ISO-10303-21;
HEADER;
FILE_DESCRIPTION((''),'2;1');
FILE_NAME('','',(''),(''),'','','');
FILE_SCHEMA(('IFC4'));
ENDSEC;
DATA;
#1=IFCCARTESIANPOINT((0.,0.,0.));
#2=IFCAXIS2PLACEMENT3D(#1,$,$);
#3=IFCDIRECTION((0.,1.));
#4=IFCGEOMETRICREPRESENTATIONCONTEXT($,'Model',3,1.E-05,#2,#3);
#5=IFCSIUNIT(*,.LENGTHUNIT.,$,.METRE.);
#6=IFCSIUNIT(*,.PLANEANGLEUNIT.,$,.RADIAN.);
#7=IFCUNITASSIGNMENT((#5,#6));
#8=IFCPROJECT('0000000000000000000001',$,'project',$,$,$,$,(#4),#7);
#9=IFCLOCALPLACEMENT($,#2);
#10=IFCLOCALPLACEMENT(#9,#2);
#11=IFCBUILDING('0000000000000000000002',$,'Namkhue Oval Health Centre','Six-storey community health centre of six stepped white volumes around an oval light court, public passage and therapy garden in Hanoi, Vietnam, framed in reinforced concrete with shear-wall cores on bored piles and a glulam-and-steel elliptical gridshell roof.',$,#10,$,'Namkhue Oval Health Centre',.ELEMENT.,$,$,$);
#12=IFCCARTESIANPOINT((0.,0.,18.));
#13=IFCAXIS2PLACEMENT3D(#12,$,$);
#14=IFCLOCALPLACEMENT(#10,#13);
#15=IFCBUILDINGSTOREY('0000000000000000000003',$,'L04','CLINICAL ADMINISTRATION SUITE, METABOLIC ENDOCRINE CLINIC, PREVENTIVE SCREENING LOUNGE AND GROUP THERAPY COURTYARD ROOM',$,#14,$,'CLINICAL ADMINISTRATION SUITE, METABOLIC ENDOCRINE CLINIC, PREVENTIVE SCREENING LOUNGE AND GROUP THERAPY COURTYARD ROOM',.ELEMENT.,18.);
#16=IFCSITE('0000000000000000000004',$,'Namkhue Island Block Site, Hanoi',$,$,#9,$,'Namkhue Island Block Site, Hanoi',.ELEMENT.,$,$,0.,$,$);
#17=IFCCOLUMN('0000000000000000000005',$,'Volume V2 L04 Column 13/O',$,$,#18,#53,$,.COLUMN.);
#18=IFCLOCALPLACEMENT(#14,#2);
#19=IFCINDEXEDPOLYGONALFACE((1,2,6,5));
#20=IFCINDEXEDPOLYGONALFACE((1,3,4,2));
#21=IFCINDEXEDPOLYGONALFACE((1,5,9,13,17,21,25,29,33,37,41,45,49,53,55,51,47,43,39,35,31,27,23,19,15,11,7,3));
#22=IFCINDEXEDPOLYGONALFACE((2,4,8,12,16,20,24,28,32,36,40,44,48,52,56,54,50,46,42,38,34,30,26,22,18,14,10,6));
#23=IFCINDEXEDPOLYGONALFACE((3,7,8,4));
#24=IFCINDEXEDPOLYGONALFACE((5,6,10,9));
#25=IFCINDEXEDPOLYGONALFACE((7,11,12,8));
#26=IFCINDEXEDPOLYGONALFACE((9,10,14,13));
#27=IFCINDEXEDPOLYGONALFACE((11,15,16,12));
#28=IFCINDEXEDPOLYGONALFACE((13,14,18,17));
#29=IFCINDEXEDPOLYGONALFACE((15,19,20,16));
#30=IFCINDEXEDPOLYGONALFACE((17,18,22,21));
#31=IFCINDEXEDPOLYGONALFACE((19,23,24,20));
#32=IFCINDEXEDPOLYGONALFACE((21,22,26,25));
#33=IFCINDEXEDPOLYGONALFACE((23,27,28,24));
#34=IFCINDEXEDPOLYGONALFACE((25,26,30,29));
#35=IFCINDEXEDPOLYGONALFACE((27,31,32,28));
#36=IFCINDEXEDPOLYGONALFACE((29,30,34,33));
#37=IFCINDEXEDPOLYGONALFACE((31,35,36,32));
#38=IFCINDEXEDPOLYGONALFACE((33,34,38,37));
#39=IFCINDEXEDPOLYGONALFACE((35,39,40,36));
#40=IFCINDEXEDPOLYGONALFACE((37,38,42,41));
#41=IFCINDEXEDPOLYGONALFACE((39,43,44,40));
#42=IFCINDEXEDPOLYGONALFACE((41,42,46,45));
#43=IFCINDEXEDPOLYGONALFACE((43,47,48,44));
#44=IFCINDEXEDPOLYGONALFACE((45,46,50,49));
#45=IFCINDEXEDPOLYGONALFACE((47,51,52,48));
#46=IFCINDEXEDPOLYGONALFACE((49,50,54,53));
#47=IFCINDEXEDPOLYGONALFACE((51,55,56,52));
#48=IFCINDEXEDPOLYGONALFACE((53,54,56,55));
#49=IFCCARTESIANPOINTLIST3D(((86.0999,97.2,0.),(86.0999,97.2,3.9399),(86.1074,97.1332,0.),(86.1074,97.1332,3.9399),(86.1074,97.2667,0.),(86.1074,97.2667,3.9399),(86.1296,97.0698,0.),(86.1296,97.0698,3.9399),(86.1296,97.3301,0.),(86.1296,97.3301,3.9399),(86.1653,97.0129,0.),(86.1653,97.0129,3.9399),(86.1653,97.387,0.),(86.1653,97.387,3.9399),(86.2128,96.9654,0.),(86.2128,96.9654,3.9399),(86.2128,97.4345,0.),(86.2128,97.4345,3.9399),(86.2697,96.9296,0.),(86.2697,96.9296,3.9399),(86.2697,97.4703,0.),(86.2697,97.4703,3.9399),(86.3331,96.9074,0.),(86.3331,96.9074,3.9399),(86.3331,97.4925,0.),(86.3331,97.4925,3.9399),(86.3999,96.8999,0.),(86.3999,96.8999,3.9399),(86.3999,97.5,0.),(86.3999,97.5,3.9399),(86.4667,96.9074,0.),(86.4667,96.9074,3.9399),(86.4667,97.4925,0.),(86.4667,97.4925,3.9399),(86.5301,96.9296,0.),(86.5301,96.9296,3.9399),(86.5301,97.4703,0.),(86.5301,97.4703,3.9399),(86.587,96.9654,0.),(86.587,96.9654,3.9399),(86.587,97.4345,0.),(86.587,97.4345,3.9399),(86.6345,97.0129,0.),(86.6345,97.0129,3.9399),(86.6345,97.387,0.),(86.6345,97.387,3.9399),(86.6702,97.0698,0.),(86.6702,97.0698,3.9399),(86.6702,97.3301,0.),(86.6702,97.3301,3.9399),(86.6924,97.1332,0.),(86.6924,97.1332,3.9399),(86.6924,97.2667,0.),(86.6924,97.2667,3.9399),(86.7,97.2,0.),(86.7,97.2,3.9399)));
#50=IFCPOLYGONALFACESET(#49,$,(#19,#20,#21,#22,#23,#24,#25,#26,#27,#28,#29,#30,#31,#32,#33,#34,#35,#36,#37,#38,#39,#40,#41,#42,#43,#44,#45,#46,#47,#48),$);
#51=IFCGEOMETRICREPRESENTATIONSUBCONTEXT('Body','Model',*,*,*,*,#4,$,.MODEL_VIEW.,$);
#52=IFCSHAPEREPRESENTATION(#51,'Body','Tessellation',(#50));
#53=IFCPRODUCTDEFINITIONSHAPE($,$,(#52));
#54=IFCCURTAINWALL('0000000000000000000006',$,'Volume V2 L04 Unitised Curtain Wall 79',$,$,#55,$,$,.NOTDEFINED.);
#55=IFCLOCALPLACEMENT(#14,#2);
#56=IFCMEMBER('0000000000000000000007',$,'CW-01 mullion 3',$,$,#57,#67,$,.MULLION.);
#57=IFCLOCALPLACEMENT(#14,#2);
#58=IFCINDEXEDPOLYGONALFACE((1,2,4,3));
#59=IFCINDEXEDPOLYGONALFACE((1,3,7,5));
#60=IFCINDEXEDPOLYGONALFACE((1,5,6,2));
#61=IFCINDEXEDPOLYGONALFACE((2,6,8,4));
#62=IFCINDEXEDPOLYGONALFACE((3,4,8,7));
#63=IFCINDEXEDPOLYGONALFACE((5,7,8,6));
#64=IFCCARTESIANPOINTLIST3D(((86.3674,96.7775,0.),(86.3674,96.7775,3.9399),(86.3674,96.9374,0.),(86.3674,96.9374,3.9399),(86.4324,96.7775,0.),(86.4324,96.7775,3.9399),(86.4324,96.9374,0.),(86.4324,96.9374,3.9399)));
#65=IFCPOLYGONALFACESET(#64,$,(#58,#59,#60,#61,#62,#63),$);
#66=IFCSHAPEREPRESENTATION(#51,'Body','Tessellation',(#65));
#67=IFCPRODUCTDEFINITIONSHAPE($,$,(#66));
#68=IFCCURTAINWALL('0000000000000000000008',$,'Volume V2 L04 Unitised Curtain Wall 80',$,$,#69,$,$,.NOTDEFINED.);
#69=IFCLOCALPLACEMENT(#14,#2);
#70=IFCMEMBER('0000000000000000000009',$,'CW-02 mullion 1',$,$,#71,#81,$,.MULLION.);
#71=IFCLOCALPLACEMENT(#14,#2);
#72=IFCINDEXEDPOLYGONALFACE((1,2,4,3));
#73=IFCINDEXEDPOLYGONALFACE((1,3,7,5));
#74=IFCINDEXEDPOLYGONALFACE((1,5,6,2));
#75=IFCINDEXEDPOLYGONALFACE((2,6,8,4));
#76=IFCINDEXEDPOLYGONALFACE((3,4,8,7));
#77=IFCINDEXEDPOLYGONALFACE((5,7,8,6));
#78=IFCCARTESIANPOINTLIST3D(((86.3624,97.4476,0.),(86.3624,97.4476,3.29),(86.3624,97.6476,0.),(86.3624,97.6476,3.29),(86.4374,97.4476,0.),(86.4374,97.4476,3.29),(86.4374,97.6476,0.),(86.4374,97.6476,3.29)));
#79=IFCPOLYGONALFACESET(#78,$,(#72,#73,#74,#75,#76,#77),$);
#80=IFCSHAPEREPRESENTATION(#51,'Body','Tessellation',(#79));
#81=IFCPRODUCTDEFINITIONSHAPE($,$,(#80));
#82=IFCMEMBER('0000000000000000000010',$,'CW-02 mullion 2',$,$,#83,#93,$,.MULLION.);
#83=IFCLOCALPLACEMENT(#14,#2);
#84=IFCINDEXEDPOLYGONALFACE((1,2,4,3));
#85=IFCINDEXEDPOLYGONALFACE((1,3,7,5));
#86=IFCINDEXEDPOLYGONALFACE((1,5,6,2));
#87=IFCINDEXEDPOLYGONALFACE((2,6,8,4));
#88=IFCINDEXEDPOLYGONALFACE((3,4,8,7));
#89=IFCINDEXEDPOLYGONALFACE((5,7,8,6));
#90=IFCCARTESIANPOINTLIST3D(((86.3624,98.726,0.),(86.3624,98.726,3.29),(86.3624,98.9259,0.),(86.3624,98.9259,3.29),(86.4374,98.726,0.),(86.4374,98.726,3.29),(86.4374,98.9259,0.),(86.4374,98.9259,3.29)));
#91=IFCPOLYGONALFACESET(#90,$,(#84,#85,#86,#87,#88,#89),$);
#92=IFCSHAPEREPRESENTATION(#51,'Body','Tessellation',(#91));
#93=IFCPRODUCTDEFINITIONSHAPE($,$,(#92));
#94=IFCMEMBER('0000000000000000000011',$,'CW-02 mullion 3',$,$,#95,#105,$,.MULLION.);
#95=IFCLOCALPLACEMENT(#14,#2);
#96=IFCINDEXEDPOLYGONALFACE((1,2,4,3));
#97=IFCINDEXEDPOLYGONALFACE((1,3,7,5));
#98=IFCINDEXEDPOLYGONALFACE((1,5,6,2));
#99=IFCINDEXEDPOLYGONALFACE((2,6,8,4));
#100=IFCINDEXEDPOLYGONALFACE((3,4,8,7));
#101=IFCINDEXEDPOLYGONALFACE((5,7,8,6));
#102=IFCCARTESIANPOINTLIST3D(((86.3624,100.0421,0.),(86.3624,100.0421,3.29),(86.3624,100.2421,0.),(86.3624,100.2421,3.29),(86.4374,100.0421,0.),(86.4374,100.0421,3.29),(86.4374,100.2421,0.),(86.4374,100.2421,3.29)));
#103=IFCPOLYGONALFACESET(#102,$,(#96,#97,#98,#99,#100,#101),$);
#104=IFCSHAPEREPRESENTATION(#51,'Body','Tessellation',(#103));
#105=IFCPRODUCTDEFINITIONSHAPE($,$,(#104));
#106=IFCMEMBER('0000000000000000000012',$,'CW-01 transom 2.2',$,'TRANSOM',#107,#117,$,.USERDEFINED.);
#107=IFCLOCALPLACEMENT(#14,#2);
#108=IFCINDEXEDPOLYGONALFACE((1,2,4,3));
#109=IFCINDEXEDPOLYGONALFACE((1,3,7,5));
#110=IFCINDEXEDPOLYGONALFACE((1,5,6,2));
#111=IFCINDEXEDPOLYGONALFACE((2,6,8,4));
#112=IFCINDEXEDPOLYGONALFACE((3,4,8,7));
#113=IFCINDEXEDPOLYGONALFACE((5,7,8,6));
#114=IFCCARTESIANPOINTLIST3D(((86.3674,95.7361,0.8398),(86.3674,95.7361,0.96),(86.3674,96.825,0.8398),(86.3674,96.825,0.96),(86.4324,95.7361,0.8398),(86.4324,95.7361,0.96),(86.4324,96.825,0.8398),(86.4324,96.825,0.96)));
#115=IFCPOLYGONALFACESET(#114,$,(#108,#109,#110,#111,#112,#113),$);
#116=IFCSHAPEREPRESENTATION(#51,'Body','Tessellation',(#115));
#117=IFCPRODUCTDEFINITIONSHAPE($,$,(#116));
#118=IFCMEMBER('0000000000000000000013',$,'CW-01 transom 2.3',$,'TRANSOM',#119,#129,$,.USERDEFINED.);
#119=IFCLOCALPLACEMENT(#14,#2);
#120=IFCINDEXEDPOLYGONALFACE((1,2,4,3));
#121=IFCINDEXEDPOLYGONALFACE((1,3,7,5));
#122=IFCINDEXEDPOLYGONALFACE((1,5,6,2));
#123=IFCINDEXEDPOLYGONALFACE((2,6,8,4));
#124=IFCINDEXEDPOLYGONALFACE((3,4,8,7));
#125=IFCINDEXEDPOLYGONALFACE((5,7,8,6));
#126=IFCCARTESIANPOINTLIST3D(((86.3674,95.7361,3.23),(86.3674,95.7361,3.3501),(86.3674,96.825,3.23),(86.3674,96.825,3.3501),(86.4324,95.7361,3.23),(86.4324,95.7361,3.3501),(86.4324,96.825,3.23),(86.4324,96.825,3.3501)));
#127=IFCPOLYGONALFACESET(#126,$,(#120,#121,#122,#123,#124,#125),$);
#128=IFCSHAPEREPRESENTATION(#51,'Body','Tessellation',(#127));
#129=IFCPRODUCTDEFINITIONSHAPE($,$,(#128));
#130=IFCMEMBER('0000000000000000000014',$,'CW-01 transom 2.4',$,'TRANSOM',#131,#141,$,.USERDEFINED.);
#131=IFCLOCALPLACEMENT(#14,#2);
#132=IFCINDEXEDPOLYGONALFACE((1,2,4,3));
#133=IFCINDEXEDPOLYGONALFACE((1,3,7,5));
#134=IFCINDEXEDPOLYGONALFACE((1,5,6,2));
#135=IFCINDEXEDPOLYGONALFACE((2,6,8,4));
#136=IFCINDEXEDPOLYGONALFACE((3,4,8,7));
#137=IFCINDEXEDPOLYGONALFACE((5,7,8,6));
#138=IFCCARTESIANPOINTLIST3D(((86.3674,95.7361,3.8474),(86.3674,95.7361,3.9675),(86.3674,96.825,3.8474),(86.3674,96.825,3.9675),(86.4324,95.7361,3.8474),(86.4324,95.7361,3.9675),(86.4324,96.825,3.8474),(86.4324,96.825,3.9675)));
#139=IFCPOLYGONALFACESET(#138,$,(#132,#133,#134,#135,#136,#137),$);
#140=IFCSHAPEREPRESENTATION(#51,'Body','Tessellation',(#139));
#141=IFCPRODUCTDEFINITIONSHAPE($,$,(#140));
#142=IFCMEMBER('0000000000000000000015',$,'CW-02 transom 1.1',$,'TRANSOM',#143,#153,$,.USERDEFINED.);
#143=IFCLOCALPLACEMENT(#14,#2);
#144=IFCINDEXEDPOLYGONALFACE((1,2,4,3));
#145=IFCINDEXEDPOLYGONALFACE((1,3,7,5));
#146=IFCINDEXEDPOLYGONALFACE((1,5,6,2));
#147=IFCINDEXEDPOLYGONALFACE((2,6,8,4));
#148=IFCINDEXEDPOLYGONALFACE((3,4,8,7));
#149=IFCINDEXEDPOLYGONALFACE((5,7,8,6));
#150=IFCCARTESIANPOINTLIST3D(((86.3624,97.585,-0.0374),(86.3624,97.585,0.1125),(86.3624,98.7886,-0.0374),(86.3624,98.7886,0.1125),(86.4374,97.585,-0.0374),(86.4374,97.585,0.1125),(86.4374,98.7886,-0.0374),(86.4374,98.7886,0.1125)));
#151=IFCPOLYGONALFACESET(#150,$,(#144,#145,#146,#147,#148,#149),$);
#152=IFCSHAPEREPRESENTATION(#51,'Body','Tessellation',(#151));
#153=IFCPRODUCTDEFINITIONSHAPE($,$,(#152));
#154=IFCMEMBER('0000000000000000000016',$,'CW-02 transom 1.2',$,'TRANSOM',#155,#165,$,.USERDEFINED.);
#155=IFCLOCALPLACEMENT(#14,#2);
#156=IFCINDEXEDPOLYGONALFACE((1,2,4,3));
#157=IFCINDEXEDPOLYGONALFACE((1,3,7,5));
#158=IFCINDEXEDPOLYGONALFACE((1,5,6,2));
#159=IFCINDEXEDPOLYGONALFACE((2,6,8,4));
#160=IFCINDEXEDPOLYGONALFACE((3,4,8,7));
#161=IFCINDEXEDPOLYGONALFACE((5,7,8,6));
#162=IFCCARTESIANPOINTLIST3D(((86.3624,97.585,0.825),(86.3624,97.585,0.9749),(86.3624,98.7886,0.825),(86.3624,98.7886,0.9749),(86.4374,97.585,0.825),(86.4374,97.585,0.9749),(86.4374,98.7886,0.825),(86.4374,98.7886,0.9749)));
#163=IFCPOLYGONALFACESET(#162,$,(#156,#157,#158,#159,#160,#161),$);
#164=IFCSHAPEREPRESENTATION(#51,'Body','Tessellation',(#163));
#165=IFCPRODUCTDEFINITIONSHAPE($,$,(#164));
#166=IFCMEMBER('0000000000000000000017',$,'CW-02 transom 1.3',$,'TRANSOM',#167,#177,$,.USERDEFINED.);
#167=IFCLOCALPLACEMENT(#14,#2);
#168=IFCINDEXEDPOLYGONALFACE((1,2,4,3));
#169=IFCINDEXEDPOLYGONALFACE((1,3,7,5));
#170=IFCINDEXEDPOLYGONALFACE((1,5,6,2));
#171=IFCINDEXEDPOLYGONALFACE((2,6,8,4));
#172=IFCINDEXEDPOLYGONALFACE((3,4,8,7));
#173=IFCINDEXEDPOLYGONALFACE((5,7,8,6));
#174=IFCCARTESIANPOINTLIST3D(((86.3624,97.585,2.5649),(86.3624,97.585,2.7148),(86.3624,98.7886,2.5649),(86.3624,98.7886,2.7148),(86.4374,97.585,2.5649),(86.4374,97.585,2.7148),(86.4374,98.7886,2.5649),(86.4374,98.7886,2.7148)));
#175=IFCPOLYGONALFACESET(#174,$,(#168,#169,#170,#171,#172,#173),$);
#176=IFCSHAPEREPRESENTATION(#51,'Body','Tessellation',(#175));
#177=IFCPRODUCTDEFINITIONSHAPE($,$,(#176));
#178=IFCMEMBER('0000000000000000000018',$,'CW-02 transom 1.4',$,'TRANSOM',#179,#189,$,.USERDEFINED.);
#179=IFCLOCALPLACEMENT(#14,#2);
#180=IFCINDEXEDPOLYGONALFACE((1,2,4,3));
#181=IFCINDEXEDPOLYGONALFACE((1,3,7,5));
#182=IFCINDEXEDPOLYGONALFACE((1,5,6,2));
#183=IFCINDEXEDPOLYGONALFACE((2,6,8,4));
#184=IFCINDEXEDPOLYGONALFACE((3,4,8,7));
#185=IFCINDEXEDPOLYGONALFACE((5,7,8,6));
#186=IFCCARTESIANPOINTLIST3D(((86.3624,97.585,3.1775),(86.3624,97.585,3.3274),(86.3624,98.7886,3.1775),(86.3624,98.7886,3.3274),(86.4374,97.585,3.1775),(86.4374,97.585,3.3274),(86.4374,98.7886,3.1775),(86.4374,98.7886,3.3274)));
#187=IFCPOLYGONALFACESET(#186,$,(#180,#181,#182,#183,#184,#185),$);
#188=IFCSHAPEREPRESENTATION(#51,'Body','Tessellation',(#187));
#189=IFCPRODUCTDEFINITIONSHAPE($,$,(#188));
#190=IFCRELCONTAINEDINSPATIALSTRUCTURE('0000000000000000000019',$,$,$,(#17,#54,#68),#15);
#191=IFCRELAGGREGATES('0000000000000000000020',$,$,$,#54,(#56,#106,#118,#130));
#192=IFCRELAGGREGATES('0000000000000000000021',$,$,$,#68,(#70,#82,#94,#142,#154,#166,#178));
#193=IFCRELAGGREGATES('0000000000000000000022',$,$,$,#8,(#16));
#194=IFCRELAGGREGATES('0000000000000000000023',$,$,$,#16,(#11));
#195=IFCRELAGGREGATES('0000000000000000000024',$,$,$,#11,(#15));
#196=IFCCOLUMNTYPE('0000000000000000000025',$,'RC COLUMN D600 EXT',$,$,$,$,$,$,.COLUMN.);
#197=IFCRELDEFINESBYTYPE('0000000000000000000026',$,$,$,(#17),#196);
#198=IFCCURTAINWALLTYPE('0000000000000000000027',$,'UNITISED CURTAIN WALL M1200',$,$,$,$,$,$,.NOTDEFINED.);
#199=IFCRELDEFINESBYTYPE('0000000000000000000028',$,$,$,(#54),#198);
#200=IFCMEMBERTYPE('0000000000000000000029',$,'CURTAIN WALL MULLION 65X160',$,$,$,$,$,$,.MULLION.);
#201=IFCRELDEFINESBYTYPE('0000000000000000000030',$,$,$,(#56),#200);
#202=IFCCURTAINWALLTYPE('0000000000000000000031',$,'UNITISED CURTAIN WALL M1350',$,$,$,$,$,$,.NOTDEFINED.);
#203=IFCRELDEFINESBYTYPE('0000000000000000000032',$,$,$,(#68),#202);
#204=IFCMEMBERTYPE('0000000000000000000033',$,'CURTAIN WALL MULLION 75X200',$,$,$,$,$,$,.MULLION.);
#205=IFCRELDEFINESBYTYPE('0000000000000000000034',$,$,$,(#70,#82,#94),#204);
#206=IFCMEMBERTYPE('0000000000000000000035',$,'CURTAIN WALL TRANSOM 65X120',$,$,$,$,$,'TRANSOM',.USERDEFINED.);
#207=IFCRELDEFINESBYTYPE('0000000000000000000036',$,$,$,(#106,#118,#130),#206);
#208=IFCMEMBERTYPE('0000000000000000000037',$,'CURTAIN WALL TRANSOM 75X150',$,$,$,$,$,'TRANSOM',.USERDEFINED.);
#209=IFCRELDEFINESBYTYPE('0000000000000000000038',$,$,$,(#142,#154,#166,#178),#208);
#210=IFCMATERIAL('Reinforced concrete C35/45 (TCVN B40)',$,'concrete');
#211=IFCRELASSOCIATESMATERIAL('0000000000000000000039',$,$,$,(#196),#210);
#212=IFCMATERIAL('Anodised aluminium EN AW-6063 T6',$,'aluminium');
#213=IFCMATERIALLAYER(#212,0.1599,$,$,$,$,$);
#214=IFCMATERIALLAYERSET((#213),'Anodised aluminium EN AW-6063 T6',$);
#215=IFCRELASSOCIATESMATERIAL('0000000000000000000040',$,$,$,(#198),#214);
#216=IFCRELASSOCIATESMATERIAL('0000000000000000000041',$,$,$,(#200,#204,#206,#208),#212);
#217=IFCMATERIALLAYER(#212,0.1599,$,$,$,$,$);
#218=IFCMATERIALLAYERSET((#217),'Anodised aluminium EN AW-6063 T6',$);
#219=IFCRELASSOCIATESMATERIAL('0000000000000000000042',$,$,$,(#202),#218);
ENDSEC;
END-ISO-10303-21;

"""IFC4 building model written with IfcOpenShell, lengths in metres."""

from ifc_helpers import new_model, si_unit, direction, frame, origin, origin_2d, place, context, subcontext, project, spatial, rectangle, circle, extrude, material, layer, layer_set, material_profile, profile_set, type_object, element, aggregate, save


model = new_model("IFC4")

# Units and contexts
model_context = context("Model", 3, precision=1e-05, world=origin(), true_north=direction((0.0, 1.0)))
body_context = subcontext(model_context, "Body", "Model", "MODEL_VIEW")
ifc_project = project(units=[si_unit("LENGTHUNIT", "METRE"), si_unit("PLANEANGLEUNIT", "RADIAN")], contexts=[model_context])

# Site, building, storey
site_placement = place(None, origin())
site = spatial("IfcSite", under=ifc_project, at=site_placement, Name="Namkhue Island Block Site, Hanoi", LongName="Namkhue Island Block Site, Hanoi", CompositionType="ELEMENT", RefElevation=0.0)
building_placement = place(site_placement, origin())
building = spatial("IfcBuilding", under=site, at=building_placement, Name="Namkhue Oval Health Centre", Description="Six-storey community health centre of six stepped white volumes around an oval light court, public passage and therapy garden in Hanoi, Vietnam, framed in reinforced concrete with shear-wall cores on bored piles and a glulam-and-steel elliptical gridshell roof.", LongName="Namkhue Oval Health Centre", CompositionType="ELEMENT")
storey_placement = place(building_placement, frame((0.0, 0.0, 18.0)))
storey = spatial("IfcBuildingStorey", under=building, at=storey_placement, Name="L04", Description="CLINICAL ADMINISTRATION SUITE, METABOLIC ENDOCRINE CLINIC, PREVENTIVE SCREENING LOUNGE AND GROUP THERAPY COURTYARD ROOM", LongName="CLINICAL ADMINISTRATION SUITE, METABOLIC ENDOCRINE CLINIC, PREVENTIVE SCREENING LOUNGE AND GROUP THERAPY COURTYARD ROOM", CompositionType="ELEMENT", Elevation=18.0)

# Column
ifc_material_1 = material(Name="Reinforced concrete C35/45 (TCVN B40)", Category="concrete")
ifc_material_profile_1 = material_profile(ifc_material_1, circle(Radius=0.3, at=origin_2d()), Name="RC D600")
ifc_profile_set_1 = profile_set([ifc_material_profile_1], Name="Reinforced concrete C35/45 (TCVN B40)")
column_type = type_object("IfcColumnType", Name="RC COLUMN D600 EXT", PredefinedType="COLUMN", material=ifc_profile_set_1)
column_placement = place(storey_placement, frame((86.3999, 97.2, 0.0), z_axis=(0.0, 0.0, 1.0), x_axis=(1.0, 0.0, 0.0)))
element("IfcColumn", 1, at=column_placement, inside=storey, type_object=column_type, Name="Volume V2 L04 Column 13/O", PredefinedType="COLUMN", context=body_context, shape_type="SweptSolid", body=[
    extrude(circle(Radius=0.3, at=origin_2d()), origin(), (0.0, 0.0, 1.0), 3.9399),
])

# Curtain wall, member
ifc_material_2 = material(Name="Anodised aluminium EN AW-6063 T6", Category="aluminium")
ifc_layer_1 = layer(ifc_material_2, 0.1599)
ifc_layer_set_1 = layer_set([ifc_layer_1], Name="Anodised aluminium EN AW-6063 T6")
curtain_wall_type_1 = type_object("IfcCurtainWallType", Name="UNITISED CURTAIN WALL M1200", PredefinedType="NOTDEFINED", material=ifc_layer_set_1)
curtain_wall_1_placement = place(storey_placement, origin())
curtain_wall_1 = element("IfcCurtainWall", 2, at=curtain_wall_1_placement, inside=storey, type_object=curtain_wall_type_1, Name="Volume V2 L04 Unitised Curtain Wall 79", PredefinedType="NOTDEFINED")
ifc_material_profile_2 = material_profile(ifc_material_2, rectangle(XDim=0.0649, YDim=0.1599, at=origin_2d()), Name="ALU 65x160")
ifc_profile_set_2 = profile_set([ifc_material_profile_2], Name="Anodised aluminium EN AW-6063 T6")
member_type_1 = type_object("IfcMemberType", Name="CURTAIN WALL MULLION 65X160", PredefinedType="MULLION", material=ifc_profile_set_2)
member_1_placement = place(storey_placement, frame((86.3999, 96.8574, 0.0), z_axis=(0.0, 0.0, 1.0), x_axis=(-1.0, 0.0, 0.0)))
member_1 = element("IfcMember", 3, at=member_1_placement, type_object=member_type_1, Name="CW-01 mullion 3", PredefinedType="MULLION", context=body_context, shape_type="SweptSolid", body=[
    extrude(rectangle(XDim=0.0649, YDim=0.1599, at=origin_2d()), origin(), (0.0, 0.0, 1.0), 3.9399),
])

# Curtain wall, members
ifc_layer_2 = layer(ifc_material_2, 0.1599)
ifc_layer_set_2 = layer_set([ifc_layer_2], Name="Anodised aluminium EN AW-6063 T6")
curtain_wall_type_2 = type_object("IfcCurtainWallType", Name="UNITISED CURTAIN WALL M1350", PredefinedType="NOTDEFINED", material=ifc_layer_set_2)
curtain_wall_2_placement = place(storey_placement, origin())
curtain_wall_2 = element("IfcCurtainWall", 4, at=curtain_wall_2_placement, inside=storey, type_object=curtain_wall_type_2, Name="Volume V2 L04 Unitised Curtain Wall 80", PredefinedType="NOTDEFINED")
ifc_material_profile_3 = material_profile(ifc_material_2, rectangle(XDim=0.075, YDim=0.2, at=origin_2d()), Name="ALU 75x200")
ifc_profile_set_3 = profile_set([ifc_material_profile_3], Name="Anodised aluminium EN AW-6063 T6")
member_type_2 = type_object("IfcMemberType", Name="CURTAIN WALL MULLION 75X200", PredefinedType="MULLION", material=ifc_profile_set_3)
member_2_placement = place(storey_placement, frame((86.3999, 97.5476, 0.0), z_axis=(0.0, 0.0, 1.0), x_axis=(-1.0, 0.0, 0.0)))
member_2 = element("IfcMember", 5, at=member_2_placement, type_object=member_type_2, Name="CW-02 mullion 1", PredefinedType="MULLION", context=body_context, shape_type="SweptSolid", body=[
    extrude(rectangle(XDim=0.075, YDim=0.2, at=origin_2d()), origin(), (0.0, 0.0, 1.0), 3.29),
])
member_3_placement = place(storey_placement, frame((86.3999, 98.8259, 0.0), z_axis=(0.0, 0.0, 1.0), x_axis=(-1.0, 0.0, 0.0)))
member_3 = element("IfcMember", 6, at=member_3_placement, type_object=member_type_2, Name="CW-02 mullion 2", PredefinedType="MULLION", context=body_context, shape_type="SweptSolid", body=[
    extrude(rectangle(XDim=0.075, YDim=0.2, at=origin_2d()), origin(), (0.0, 0.0, 1.0), 3.29),
])
member_4_placement = place(storey_placement, frame((86.3999, 100.1421, 0.0), z_axis=(0.0, 0.0, 1.0), x_axis=(-1.0, 0.0, 0.0)))
member_4 = element("IfcMember", 7, at=member_4_placement, type_object=member_type_2, Name="CW-02 mullion 3", PredefinedType="MULLION", context=body_context, shape_type="SweptSolid", body=[
    extrude(rectangle(XDim=0.075, YDim=0.2, at=origin_2d()), origin(), (0.0, 0.0, 1.0), 3.29),
])

# Members
ifc_material_profile_4 = material_profile(ifc_material_2, rectangle(XDim=0.0649, YDim=0.1201, at=origin_2d()), Name="ALU 65x120")
ifc_profile_set_4 = profile_set([ifc_material_profile_4], Name="Anodised aluminium EN AW-6063 T6")
member_type_3 = type_object("IfcMemberType", Name="CURTAIN WALL TRANSOM 65X120", ElementType="TRANSOM", PredefinedType="USERDEFINED", material=ifc_profile_set_4)
member_5_placement = place(storey_placement, frame((86.3999, 95.7361, 0.8999), z_axis=(0.0, 1.0, 0.0), x_axis=(-1.0, 0.0, 0.0)))
member_5 = element("IfcMember", 8, at=member_5_placement, type_object=member_type_3, Name="CW-01 transom 2.2", ObjectType="TRANSOM", PredefinedType="USERDEFINED", context=body_context, shape_type="SweptSolid", body=[
    extrude(rectangle(XDim=0.0649, YDim=0.1201, at=origin_2d()), origin(), (0.0, 0.0, 1.0), 1.0889),
])
member_6_placement = place(storey_placement, frame((86.3999, 95.7361, 3.29), z_axis=(0.0, 1.0, 0.0), x_axis=(-1.0, 0.0, 0.0)))
member_6 = element("IfcMember", 9, at=member_6_placement, type_object=member_type_3, Name="CW-01 transom 2.3", ObjectType="TRANSOM", PredefinedType="USERDEFINED", context=body_context, shape_type="SweptSolid", body=[
    extrude(rectangle(XDim=0.0649, YDim=0.1201, at=origin_2d()), origin(), (0.0, 0.0, 1.0), 1.0889),
])
member_7_placement = place(storey_placement, frame((86.3999, 95.7361, 3.9075), z_axis=(0.0, 1.0, 0.0), x_axis=(-1.0, 0.0, 0.0)))
member_7 = element("IfcMember", 10, at=member_7_placement, type_object=member_type_3, Name="CW-01 transom 2.4", ObjectType="TRANSOM", PredefinedType="USERDEFINED", context=body_context, shape_type="SweptSolid", body=[
    extrude(rectangle(XDim=0.0649, YDim=0.1201, at=origin_2d()), origin(), (0.0, 0.0, 1.0), 1.0889),
])
ifc_material_profile_5 = material_profile(ifc_material_2, rectangle(XDim=0.075, YDim=0.1499, at=origin_2d()), Name="ALU 75x150")
ifc_profile_set_5 = profile_set([ifc_material_profile_5], Name="Anodised aluminium EN AW-6063 T6")
member_type_4 = type_object("IfcMemberType", Name="CURTAIN WALL TRANSOM 75X150", ElementType="TRANSOM", PredefinedType="USERDEFINED", material=ifc_profile_set_5)
member_8_placement = place(storey_placement, frame((86.3999, 97.585, 0.0376), z_axis=(0.0, 1.0, 0.0), x_axis=(-1.0, 0.0, 0.0)))
member_8 = element("IfcMember", 11, at=member_8_placement, type_object=member_type_4, Name="CW-02 transom 1.1", ObjectType="TRANSOM", PredefinedType="USERDEFINED", context=body_context, shape_type="SweptSolid", body=[
    extrude(rectangle(XDim=0.075, YDim=0.1499, at=origin_2d()), origin(), (0.0, 0.0, 1.0), 1.2036),
])
member_9_placement = place(storey_placement, frame((86.3999, 97.585, 0.8999), z_axis=(0.0, 1.0, 0.0), x_axis=(-1.0, 0.0, 0.0)))
member_9 = element("IfcMember", 12, at=member_9_placement, type_object=member_type_4, Name="CW-02 transom 1.2", ObjectType="TRANSOM", PredefinedType="USERDEFINED", context=body_context, shape_type="SweptSolid", body=[
    extrude(rectangle(XDim=0.075, YDim=0.1499, at=origin_2d()), origin(), (0.0, 0.0, 1.0), 1.2036),
])
member_10_placement = place(storey_placement, frame((86.3999, 97.585, 2.6399), z_axis=(0.0, 1.0, 0.0), x_axis=(-1.0, 0.0, 0.0)))
member_10 = element("IfcMember", 13, at=member_10_placement, type_object=member_type_4, Name="CW-02 transom 1.3", ObjectType="TRANSOM", PredefinedType="USERDEFINED", context=body_context, shape_type="SweptSolid", body=[
    extrude(rectangle(XDim=0.075, YDim=0.1499, at=origin_2d()), origin(), (0.0, 0.0, 1.0), 1.2036),
])
member_11_placement = place(storey_placement, frame((86.3999, 97.585, 3.2524), z_axis=(0.0, 1.0, 0.0), x_axis=(-1.0, 0.0, 0.0)))
member_11 = element("IfcMember", 14, at=member_11_placement, type_object=member_type_4, Name="CW-02 transom 1.4", ObjectType="TRANSOM", PredefinedType="USERDEFINED", context=body_context, shape_type="SweptSolid", body=[
    extrude(rectangle(XDim=0.075, YDim=0.1499, at=origin_2d()), origin(), (0.0, 0.0, 1.0), 1.2036),
])

aggregate(curtain_wall_1, [member_1, member_5, member_6, member_7])
aggregate(curtain_wall_2, [member_2, member_3, member_4, member_8, member_9, member_10, member_11])

save(model, "model.ifc")
